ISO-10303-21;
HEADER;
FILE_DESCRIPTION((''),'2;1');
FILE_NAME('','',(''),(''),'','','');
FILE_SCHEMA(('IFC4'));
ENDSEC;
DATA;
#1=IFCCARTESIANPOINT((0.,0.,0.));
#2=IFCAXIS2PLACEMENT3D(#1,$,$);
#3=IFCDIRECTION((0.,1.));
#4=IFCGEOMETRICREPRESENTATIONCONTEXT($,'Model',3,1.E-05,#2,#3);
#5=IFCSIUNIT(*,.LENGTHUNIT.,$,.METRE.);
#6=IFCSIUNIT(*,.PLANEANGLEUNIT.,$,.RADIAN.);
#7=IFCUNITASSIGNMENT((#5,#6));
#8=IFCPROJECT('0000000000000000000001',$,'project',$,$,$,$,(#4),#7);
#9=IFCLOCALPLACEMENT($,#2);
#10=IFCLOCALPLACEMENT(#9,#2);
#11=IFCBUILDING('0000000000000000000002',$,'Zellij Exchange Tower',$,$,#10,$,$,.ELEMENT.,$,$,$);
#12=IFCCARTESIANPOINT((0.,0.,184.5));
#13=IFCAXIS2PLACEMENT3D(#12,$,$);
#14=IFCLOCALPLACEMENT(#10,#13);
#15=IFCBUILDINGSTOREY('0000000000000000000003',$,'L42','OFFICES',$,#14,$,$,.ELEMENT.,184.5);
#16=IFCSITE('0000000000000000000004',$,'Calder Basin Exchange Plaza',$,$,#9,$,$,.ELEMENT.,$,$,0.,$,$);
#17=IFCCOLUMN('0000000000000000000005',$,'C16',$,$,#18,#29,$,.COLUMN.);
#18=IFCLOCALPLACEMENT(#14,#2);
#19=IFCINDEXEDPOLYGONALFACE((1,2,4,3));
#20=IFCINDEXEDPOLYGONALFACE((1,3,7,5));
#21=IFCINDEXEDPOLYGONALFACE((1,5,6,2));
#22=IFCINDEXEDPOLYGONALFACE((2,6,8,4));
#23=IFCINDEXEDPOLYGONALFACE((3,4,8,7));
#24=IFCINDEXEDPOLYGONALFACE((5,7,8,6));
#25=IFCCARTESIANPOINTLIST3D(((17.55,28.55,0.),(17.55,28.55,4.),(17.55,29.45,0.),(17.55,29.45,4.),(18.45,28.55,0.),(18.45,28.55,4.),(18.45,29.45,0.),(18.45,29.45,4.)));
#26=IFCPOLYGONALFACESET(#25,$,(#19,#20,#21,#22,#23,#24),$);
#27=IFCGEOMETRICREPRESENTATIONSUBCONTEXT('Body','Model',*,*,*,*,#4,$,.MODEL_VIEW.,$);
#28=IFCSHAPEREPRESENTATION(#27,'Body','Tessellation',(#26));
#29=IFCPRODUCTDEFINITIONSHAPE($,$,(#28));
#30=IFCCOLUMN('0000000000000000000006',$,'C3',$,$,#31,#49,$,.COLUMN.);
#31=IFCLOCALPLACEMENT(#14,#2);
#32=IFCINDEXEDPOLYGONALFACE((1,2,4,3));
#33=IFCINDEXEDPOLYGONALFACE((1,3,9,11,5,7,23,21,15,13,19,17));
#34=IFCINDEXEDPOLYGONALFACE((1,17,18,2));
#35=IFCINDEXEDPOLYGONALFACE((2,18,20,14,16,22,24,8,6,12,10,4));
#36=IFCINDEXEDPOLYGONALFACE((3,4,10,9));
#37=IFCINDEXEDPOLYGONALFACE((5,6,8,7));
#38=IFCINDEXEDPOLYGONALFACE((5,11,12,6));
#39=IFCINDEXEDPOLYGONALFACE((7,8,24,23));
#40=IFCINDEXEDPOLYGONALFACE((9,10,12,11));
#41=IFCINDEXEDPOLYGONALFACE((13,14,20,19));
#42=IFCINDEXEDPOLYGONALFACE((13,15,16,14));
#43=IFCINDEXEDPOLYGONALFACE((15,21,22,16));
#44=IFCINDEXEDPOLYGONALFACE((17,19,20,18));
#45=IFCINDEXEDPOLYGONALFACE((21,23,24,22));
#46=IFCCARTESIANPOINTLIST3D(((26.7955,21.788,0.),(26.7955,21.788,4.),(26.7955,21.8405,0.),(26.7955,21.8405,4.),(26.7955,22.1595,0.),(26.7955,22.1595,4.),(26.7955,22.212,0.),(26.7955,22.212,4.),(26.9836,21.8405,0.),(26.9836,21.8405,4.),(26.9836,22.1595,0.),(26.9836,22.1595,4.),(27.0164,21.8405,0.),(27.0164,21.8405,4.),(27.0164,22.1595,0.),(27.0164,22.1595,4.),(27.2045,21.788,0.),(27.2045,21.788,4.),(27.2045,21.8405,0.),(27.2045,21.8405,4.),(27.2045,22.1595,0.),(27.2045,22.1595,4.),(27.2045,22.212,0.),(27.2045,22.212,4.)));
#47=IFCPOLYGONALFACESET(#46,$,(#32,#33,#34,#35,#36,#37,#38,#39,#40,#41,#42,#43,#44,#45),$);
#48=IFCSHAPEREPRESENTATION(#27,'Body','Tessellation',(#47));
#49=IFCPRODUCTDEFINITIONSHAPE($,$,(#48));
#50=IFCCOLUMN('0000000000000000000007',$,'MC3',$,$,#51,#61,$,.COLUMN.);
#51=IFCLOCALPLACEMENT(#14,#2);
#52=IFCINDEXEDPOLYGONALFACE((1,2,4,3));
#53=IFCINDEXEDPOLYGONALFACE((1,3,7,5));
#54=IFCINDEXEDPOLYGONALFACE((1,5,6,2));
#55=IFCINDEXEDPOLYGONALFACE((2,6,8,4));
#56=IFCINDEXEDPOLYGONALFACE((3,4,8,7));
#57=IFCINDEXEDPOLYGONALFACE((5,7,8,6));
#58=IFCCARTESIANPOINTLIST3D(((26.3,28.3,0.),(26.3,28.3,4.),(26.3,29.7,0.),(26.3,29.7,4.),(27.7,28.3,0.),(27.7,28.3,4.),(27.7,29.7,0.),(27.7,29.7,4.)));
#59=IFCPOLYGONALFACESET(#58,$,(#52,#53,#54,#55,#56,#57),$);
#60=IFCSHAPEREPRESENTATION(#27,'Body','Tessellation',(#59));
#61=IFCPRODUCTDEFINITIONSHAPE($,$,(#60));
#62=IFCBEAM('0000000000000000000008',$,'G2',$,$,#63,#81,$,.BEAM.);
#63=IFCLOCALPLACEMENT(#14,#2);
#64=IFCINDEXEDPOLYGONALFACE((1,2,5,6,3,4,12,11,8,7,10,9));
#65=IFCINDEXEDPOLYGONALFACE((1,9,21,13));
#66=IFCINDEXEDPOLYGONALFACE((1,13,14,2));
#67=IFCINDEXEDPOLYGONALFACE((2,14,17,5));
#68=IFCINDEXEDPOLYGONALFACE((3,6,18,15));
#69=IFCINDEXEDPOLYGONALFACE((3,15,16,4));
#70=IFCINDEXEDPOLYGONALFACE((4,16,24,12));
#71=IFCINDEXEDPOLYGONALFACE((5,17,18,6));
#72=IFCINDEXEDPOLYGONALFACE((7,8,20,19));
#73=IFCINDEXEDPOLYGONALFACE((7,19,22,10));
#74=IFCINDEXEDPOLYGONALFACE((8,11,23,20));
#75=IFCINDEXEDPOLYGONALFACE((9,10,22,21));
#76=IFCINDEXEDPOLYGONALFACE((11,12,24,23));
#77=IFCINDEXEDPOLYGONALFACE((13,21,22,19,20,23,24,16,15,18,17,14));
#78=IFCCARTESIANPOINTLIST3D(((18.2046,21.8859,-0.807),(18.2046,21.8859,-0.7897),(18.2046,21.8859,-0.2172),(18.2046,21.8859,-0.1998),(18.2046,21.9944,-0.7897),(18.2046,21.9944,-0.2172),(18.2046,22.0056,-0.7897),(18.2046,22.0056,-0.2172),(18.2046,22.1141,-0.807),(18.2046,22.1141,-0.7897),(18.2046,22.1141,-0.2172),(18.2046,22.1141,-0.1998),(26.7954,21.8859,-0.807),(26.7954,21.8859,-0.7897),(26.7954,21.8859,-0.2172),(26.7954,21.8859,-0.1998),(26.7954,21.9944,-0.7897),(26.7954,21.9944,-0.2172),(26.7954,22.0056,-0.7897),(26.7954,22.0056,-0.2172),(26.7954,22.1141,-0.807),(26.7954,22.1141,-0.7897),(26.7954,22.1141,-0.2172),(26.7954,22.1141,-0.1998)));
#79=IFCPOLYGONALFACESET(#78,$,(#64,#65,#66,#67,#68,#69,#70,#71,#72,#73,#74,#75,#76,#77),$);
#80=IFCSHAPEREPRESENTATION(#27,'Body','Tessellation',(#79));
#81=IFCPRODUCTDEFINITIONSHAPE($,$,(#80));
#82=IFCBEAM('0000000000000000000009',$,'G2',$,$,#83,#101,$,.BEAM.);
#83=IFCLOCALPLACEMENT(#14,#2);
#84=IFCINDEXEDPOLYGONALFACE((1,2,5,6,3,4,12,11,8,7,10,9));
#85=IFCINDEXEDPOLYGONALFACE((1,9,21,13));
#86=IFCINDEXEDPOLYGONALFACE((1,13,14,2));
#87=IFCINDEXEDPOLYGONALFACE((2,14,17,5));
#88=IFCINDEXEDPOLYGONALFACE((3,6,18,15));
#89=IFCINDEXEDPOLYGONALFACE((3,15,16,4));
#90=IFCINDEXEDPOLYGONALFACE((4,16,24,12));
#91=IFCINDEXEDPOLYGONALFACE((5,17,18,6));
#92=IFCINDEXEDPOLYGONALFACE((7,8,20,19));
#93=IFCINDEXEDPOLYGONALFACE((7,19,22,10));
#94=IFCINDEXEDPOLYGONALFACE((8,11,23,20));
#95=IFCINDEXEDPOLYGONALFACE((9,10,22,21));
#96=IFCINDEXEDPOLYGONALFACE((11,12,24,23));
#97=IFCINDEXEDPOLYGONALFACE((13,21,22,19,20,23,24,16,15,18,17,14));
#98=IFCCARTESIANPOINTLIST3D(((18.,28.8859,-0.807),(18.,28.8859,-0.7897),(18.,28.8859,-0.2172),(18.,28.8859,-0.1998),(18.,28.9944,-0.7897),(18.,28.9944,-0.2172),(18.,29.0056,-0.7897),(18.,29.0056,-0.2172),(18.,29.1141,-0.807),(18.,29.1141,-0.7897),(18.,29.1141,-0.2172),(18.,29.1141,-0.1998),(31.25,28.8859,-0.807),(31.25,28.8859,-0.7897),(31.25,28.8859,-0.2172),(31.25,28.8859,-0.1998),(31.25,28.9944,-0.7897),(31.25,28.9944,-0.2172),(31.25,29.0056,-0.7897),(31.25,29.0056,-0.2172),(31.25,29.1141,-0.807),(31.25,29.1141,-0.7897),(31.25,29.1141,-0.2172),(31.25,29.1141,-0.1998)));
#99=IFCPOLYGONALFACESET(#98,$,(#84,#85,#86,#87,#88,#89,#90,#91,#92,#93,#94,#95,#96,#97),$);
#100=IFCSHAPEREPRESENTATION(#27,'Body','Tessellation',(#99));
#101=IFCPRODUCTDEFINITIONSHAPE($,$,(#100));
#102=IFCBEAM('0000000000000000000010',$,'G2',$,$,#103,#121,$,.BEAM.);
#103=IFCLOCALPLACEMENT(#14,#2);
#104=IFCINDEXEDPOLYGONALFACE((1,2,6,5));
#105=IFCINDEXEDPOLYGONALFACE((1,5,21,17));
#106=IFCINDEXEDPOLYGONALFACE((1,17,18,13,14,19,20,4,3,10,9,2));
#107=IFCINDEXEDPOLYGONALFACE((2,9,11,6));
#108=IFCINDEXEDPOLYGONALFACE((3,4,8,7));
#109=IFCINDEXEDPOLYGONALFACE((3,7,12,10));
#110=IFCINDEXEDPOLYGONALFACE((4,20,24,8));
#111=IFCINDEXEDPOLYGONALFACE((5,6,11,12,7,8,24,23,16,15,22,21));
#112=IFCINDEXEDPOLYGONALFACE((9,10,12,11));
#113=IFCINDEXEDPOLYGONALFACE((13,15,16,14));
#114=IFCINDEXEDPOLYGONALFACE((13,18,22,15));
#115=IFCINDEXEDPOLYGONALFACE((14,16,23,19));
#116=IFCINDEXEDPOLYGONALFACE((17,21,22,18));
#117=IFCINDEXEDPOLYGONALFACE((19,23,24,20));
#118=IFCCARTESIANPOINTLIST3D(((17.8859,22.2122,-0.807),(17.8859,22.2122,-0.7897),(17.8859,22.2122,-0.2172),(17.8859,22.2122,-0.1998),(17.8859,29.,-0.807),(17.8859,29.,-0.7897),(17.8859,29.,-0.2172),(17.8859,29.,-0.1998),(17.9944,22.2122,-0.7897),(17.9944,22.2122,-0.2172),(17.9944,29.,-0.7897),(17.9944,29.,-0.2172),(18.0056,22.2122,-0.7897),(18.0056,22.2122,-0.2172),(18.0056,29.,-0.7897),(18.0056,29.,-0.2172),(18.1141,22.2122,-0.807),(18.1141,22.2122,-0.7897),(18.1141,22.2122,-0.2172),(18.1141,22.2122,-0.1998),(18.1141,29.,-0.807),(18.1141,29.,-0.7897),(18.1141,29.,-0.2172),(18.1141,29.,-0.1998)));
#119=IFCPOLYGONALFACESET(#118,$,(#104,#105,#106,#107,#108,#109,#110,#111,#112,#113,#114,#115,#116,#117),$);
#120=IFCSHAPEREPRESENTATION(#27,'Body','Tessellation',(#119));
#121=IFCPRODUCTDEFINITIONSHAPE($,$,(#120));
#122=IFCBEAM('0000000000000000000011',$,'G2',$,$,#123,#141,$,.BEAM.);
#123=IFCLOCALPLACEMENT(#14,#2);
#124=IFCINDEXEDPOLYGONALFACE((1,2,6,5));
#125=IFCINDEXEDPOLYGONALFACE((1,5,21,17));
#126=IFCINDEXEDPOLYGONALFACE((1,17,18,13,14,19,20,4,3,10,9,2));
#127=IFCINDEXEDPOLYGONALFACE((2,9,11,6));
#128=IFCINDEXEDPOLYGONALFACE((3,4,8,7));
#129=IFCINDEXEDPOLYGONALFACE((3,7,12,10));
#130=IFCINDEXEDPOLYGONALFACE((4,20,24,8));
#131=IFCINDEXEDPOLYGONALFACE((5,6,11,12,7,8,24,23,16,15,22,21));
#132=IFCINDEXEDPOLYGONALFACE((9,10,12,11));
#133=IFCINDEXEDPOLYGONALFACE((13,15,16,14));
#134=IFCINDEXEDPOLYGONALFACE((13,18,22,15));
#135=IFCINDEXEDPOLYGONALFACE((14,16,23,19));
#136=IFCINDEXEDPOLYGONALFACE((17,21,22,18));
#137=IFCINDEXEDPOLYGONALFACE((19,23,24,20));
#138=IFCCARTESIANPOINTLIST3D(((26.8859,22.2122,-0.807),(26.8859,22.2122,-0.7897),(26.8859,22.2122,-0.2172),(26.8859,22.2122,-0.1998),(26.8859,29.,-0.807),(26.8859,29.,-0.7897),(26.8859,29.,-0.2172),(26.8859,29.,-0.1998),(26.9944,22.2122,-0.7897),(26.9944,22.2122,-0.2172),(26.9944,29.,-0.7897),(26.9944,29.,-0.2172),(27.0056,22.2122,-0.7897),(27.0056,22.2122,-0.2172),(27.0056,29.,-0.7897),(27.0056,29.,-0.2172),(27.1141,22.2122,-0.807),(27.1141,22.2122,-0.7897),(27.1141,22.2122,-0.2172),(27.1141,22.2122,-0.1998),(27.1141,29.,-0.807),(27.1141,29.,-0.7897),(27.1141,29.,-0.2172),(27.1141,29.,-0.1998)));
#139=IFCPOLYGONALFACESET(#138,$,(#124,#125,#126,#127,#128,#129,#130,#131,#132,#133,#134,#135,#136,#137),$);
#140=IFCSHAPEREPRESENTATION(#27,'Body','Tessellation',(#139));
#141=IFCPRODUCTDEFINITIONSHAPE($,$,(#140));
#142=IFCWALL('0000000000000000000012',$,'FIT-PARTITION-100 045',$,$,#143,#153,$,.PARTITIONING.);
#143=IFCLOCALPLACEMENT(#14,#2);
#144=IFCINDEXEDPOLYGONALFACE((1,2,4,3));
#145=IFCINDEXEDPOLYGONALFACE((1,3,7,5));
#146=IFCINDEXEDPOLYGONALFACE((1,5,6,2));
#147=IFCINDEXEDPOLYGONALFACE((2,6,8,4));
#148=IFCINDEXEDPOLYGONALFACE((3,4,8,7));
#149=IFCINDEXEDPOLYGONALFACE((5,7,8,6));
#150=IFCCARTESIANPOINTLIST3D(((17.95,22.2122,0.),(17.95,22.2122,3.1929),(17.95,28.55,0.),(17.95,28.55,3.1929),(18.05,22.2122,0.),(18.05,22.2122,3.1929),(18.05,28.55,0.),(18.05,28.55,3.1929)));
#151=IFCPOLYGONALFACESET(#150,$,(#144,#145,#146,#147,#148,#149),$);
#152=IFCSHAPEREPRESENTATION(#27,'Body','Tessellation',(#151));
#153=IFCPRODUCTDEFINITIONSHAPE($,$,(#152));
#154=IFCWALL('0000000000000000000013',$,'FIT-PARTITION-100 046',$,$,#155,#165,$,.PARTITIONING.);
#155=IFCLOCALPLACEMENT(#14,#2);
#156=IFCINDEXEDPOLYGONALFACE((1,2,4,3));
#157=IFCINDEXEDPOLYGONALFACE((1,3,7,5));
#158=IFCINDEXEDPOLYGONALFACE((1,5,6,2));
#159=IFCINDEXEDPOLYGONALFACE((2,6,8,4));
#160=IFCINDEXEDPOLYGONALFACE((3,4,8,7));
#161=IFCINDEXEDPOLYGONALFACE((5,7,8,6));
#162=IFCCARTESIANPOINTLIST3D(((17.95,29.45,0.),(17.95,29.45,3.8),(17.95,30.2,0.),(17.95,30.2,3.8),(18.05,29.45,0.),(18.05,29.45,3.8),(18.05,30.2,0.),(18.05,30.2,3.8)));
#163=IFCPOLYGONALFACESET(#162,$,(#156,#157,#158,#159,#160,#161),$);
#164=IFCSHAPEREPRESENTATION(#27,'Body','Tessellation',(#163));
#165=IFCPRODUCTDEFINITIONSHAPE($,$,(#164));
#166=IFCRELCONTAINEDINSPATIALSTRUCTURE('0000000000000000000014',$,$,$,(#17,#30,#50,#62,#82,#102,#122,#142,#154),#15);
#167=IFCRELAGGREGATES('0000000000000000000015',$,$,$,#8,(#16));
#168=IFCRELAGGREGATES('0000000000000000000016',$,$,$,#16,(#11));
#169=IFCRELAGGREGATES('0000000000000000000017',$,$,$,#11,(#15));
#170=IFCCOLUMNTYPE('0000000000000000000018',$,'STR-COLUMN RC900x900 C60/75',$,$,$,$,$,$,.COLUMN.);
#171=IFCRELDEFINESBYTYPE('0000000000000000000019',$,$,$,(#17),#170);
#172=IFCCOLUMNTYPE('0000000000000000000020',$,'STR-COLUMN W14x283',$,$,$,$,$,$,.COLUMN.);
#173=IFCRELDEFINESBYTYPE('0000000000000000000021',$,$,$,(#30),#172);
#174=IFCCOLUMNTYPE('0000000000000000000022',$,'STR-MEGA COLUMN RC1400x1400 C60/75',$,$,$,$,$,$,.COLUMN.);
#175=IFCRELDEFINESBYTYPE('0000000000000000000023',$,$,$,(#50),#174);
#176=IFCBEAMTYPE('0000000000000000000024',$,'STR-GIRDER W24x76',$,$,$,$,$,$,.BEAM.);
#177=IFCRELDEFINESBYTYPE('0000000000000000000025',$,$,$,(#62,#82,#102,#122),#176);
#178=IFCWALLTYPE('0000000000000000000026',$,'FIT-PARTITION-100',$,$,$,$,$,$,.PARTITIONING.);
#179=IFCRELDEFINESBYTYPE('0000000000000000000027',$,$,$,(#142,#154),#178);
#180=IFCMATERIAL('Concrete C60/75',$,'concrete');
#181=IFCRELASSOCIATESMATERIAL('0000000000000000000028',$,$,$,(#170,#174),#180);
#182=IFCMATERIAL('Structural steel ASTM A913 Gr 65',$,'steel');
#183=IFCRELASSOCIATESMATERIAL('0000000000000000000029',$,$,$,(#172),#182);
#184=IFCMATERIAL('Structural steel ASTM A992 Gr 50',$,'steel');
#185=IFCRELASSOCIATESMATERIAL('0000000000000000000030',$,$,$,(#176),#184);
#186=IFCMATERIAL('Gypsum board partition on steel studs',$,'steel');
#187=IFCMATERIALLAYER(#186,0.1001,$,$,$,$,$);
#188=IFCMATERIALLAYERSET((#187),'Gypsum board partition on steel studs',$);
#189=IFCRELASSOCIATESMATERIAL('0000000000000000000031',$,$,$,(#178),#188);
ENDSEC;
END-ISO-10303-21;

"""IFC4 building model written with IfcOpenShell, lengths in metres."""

from ifc_helpers import new_model, si_unit, direction, frame, frame_2d, origin, origin_2d, place, context, subcontext, project, spatial, rectangle, i_section, extrude, material, layer, layer_set, material_profile, profile_set, type_object, element, save


model = new_model("IFC4")

# Units and contexts
model_context = context("Model", 3, precision=1e-05, world=origin(), true_north=direction((0.0, 1.0)))
body_context = subcontext(model_context, "Body", "Model", "MODEL_VIEW")
ifc_project = project(units=[si_unit("LENGTHUNIT", "METRE"), si_unit("PLANEANGLEUNIT", "RADIAN")], contexts=[model_context])

# Site, building, storey
site_placement = place(None, origin())
site = spatial("IfcSite", under=ifc_project, at=site_placement, Name="Calder Basin Exchange Plaza", CompositionType="ELEMENT", RefElevation=0.0)
building_placement = place(site_placement, origin())
building = spatial("IfcBuilding", under=site, at=building_placement, Name="Zellij Exchange Tower", CompositionType="ELEMENT")
storey_placement = place(building_placement, frame((0.0, 0.0, 184.5)))
storey = spatial("IfcBuildingStorey", under=building, at=storey_placement, Name="L42", Description="OFFICES", CompositionType="ELEMENT", Elevation=184.5)

# Columns
ifc_material_1 = material(Name="Concrete C60/75", Category="concrete")
ifc_material_profile_1 = material_profile(ifc_material_1, rectangle(XDim=0.8999, YDim=0.8999, at=origin_2d()), Name="STR-COLUMN RC900x900 C60/75")
ifc_profile_set_1 = profile_set([ifc_material_profile_1], Name="Concrete C60/75")
column_type_1 = type_object("IfcColumnType", Name="STR-COLUMN RC900x900 C60/75", PredefinedType="COLUMN", material=ifc_profile_set_1)
column_1_placement = place(storey_placement, frame((18.0, 29.0, 0.0), z_axis=(0.0, 0.0, 1.0), x_axis=(1.0, 0.0, 0.0)))
element("IfcColumn", 1, at=column_1_placement, inside=storey, type_object=column_type_1, Name="C16", PredefinedType="COLUMN", context=body_context, shape_type="SweptSolid", body=[
    extrude(rectangle(XDim=0.8999, YDim=0.8999, at=origin_2d()), origin(), (0.0, 0.0, 1.0), 4.0),
])
ifc_material_2 = material(Name="Structural steel ASTM A913 Gr 65", Category="steel")
ifc_material_profile_2 = material_profile(ifc_material_2, i_section(OverallWidth=0.4089, OverallDepth=0.4241, WebThickness=0.0327, FlangeThickness=0.0525, at=origin_2d()), Name="W14x283")
ifc_profile_set_2 = profile_set([ifc_material_profile_2], Name="Structural steel ASTM A913 Gr 65")
column_type_2 = type_object("IfcColumnType", Name="STR-COLUMN W14x283", PredefinedType="COLUMN", material=ifc_profile_set_2)
column_2_placement = place(storey_placement, frame((27.0, 22.0, 0.0), z_axis=(0.0, 0.0, 1.0), x_axis=(1.0, 0.0, 0.0)))
element("IfcColumn", 2, at=column_2_placement, inside=storey, type_object=column_type_2, Name="C3", PredefinedType="COLUMN", context=body_context, shape_type="SweptSolid", body=[
    extrude(i_section(OverallWidth=0.4089, OverallDepth=0.4241, WebThickness=0.0327, FlangeThickness=0.0525, at=origin_2d()), origin(), (0.0, 0.0, 1.0), 4.0),
])
ifc_material_profile_3 = material_profile(ifc_material_1, rectangle(XDim=1.3999, YDim=1.3999, at=origin_2d()), Name="STR-MEGA COLUMN RC1400x1400 C60/75")
ifc_profile_set_3 = profile_set([ifc_material_profile_3], Name="Concrete C60/75")
column_type_3 = type_object("IfcColumnType", Name="STR-MEGA COLUMN RC1400x1400 C60/75", PredefinedType="COLUMN", material=ifc_profile_set_3)
column_3_placement = place(storey_placement, frame((27.0, 29.0, 0.0), z_axis=(0.0, 0.0, 1.0), x_axis=(1.0, 0.0, 0.0)))
element("IfcColumn", 3, at=column_3_placement, inside=storey, type_object=column_type_3, Name="MC3", PredefinedType="COLUMN", context=body_context, shape_type="SweptSolid", body=[
    extrude(rectangle(XDim=1.3999, YDim=1.3999, at=origin_2d()), origin(), (0.0, 0.0, 1.0), 4.0),
])

# Beams
ifc_material_3 = material(Name="Structural steel ASTM A992 Gr 50", Category="steel")
ifc_material_profile_4 = material_profile(ifc_material_3, i_section(OverallWidth=0.2283, OverallDepth=0.6072, WebThickness=0.0112, FlangeThickness=0.0173, at=origin_2d()), Name="W24x76")
ifc_profile_set_4 = profile_set([ifc_material_profile_4], Name="Structural steel ASTM A992 Gr 50")
beam_type = type_object("IfcBeamType", Name="STR-GIRDER W24x76", PredefinedType="BEAM", material=ifc_profile_set_4)
beam_1_placement = place(storey_placement, frame((18.2046, 22.0, -0.5034), z_axis=(1.0, 0.0, 0.0), x_axis=(0.0, 1.0, 0.0)))
element("IfcBeam", 4, at=beam_1_placement, inside=storey, type_object=beam_type, Name="G2", PredefinedType="BEAM", context=body_context, shape_type="SweptSolid", body=[
    extrude(i_section(OverallWidth=0.2283, OverallDepth=0.6072, WebThickness=0.0112, FlangeThickness=0.0173, at=origin_2d()), origin(), (0.0, 0.0, 1.0), 8.5908),
])
beam_2_placement = place(storey_placement, frame((18.0, 29.0, -0.5034), z_axis=(1.0, 0.0, 0.0), x_axis=(0.0, 1.0, 0.0)))
element("IfcBeam", 5, at=beam_2_placement, inside=storey, type_object=beam_type, Name="G2", PredefinedType="BEAM", context=body_context, shape_type="SweptSolid", body=[
    extrude(i_section(OverallWidth=0.2283, OverallDepth=0.6072, WebThickness=0.0112, FlangeThickness=0.0173, at=origin_2d()), origin(), (0.0, 0.0, 1.0), 13.25),
])
for number, where, z_axis, x_axis, name in (
    (6, (18.0, 22.2122, -0.5034), (0.0, 1.0, 0.0), (-1.0, 0.0, 0.0), "G2"),
    (7, (27.0, 22.2122, -0.5034), (0.0, 1.0, 0.0), (-1.0, 0.0, 0.0), "G2"),
):
    element("IfcBeam", number, at=place(storey_placement, frame(where, z_axis=z_axis, x_axis=x_axis)), inside=storey, type_object=beam_type, Name=name, PredefinedType="BEAM", context=body_context, shape_type="SweptSolid", body=[
        extrude(i_section(OverallWidth=0.2283, OverallDepth=0.6072, WebThickness=0.0112, FlangeThickness=0.0173, at=origin_2d()), origin(), (0.0, 0.0, 1.0), 6.7878),
    ])

# Walls
ifc_material_4 = material(Name="Gypsum board partition on steel studs", Category="steel")
ifc_layer = layer(ifc_material_4, 0.1001)
ifc_layer_set = layer_set([ifc_layer], Name="Gypsum board partition on steel studs")
wall_type = type_object("IfcWallType", Name="FIT-PARTITION-100", PredefinedType="PARTITIONING", material=ifc_layer_set)
wall_1_placement = place(storey_placement, frame((18.0, 22.2122, 0.0), z_axis=(0.0, 0.0, 1.0), x_axis=(0.0, 1.0, 0.0)))
element("IfcWall", 8, at=wall_1_placement, inside=storey, type_object=wall_type, Name="FIT-PARTITION-100 045", PredefinedType="PARTITIONING", context=body_context, shape_type="SweptSolid", body=[
    extrude(rectangle(XDim=6.3379, YDim=0.1001, at=frame_2d((3.1689, 0.0))), origin(), (0.0, 0.0, 1.0), 3.1929),
])
wall_2_placement = place(storey_placement, frame((18.0, 29.45, 0.0), z_axis=(0.0, 0.0, 1.0), x_axis=(0.0, 1.0, 0.0)))
element("IfcWall", 9, at=wall_2_placement, inside=storey, type_object=wall_type, Name="FIT-PARTITION-100 046", PredefinedType="PARTITIONING", context=body_context, shape_type="SweptSolid", body=[
    extrude(rectangle(XDim=0.75, YDim=0.1001, at=frame_2d((0.375, 0.0))), origin(), (0.0, 0.0, 1.0), 3.8),
])

save(model, "model.ifc")
